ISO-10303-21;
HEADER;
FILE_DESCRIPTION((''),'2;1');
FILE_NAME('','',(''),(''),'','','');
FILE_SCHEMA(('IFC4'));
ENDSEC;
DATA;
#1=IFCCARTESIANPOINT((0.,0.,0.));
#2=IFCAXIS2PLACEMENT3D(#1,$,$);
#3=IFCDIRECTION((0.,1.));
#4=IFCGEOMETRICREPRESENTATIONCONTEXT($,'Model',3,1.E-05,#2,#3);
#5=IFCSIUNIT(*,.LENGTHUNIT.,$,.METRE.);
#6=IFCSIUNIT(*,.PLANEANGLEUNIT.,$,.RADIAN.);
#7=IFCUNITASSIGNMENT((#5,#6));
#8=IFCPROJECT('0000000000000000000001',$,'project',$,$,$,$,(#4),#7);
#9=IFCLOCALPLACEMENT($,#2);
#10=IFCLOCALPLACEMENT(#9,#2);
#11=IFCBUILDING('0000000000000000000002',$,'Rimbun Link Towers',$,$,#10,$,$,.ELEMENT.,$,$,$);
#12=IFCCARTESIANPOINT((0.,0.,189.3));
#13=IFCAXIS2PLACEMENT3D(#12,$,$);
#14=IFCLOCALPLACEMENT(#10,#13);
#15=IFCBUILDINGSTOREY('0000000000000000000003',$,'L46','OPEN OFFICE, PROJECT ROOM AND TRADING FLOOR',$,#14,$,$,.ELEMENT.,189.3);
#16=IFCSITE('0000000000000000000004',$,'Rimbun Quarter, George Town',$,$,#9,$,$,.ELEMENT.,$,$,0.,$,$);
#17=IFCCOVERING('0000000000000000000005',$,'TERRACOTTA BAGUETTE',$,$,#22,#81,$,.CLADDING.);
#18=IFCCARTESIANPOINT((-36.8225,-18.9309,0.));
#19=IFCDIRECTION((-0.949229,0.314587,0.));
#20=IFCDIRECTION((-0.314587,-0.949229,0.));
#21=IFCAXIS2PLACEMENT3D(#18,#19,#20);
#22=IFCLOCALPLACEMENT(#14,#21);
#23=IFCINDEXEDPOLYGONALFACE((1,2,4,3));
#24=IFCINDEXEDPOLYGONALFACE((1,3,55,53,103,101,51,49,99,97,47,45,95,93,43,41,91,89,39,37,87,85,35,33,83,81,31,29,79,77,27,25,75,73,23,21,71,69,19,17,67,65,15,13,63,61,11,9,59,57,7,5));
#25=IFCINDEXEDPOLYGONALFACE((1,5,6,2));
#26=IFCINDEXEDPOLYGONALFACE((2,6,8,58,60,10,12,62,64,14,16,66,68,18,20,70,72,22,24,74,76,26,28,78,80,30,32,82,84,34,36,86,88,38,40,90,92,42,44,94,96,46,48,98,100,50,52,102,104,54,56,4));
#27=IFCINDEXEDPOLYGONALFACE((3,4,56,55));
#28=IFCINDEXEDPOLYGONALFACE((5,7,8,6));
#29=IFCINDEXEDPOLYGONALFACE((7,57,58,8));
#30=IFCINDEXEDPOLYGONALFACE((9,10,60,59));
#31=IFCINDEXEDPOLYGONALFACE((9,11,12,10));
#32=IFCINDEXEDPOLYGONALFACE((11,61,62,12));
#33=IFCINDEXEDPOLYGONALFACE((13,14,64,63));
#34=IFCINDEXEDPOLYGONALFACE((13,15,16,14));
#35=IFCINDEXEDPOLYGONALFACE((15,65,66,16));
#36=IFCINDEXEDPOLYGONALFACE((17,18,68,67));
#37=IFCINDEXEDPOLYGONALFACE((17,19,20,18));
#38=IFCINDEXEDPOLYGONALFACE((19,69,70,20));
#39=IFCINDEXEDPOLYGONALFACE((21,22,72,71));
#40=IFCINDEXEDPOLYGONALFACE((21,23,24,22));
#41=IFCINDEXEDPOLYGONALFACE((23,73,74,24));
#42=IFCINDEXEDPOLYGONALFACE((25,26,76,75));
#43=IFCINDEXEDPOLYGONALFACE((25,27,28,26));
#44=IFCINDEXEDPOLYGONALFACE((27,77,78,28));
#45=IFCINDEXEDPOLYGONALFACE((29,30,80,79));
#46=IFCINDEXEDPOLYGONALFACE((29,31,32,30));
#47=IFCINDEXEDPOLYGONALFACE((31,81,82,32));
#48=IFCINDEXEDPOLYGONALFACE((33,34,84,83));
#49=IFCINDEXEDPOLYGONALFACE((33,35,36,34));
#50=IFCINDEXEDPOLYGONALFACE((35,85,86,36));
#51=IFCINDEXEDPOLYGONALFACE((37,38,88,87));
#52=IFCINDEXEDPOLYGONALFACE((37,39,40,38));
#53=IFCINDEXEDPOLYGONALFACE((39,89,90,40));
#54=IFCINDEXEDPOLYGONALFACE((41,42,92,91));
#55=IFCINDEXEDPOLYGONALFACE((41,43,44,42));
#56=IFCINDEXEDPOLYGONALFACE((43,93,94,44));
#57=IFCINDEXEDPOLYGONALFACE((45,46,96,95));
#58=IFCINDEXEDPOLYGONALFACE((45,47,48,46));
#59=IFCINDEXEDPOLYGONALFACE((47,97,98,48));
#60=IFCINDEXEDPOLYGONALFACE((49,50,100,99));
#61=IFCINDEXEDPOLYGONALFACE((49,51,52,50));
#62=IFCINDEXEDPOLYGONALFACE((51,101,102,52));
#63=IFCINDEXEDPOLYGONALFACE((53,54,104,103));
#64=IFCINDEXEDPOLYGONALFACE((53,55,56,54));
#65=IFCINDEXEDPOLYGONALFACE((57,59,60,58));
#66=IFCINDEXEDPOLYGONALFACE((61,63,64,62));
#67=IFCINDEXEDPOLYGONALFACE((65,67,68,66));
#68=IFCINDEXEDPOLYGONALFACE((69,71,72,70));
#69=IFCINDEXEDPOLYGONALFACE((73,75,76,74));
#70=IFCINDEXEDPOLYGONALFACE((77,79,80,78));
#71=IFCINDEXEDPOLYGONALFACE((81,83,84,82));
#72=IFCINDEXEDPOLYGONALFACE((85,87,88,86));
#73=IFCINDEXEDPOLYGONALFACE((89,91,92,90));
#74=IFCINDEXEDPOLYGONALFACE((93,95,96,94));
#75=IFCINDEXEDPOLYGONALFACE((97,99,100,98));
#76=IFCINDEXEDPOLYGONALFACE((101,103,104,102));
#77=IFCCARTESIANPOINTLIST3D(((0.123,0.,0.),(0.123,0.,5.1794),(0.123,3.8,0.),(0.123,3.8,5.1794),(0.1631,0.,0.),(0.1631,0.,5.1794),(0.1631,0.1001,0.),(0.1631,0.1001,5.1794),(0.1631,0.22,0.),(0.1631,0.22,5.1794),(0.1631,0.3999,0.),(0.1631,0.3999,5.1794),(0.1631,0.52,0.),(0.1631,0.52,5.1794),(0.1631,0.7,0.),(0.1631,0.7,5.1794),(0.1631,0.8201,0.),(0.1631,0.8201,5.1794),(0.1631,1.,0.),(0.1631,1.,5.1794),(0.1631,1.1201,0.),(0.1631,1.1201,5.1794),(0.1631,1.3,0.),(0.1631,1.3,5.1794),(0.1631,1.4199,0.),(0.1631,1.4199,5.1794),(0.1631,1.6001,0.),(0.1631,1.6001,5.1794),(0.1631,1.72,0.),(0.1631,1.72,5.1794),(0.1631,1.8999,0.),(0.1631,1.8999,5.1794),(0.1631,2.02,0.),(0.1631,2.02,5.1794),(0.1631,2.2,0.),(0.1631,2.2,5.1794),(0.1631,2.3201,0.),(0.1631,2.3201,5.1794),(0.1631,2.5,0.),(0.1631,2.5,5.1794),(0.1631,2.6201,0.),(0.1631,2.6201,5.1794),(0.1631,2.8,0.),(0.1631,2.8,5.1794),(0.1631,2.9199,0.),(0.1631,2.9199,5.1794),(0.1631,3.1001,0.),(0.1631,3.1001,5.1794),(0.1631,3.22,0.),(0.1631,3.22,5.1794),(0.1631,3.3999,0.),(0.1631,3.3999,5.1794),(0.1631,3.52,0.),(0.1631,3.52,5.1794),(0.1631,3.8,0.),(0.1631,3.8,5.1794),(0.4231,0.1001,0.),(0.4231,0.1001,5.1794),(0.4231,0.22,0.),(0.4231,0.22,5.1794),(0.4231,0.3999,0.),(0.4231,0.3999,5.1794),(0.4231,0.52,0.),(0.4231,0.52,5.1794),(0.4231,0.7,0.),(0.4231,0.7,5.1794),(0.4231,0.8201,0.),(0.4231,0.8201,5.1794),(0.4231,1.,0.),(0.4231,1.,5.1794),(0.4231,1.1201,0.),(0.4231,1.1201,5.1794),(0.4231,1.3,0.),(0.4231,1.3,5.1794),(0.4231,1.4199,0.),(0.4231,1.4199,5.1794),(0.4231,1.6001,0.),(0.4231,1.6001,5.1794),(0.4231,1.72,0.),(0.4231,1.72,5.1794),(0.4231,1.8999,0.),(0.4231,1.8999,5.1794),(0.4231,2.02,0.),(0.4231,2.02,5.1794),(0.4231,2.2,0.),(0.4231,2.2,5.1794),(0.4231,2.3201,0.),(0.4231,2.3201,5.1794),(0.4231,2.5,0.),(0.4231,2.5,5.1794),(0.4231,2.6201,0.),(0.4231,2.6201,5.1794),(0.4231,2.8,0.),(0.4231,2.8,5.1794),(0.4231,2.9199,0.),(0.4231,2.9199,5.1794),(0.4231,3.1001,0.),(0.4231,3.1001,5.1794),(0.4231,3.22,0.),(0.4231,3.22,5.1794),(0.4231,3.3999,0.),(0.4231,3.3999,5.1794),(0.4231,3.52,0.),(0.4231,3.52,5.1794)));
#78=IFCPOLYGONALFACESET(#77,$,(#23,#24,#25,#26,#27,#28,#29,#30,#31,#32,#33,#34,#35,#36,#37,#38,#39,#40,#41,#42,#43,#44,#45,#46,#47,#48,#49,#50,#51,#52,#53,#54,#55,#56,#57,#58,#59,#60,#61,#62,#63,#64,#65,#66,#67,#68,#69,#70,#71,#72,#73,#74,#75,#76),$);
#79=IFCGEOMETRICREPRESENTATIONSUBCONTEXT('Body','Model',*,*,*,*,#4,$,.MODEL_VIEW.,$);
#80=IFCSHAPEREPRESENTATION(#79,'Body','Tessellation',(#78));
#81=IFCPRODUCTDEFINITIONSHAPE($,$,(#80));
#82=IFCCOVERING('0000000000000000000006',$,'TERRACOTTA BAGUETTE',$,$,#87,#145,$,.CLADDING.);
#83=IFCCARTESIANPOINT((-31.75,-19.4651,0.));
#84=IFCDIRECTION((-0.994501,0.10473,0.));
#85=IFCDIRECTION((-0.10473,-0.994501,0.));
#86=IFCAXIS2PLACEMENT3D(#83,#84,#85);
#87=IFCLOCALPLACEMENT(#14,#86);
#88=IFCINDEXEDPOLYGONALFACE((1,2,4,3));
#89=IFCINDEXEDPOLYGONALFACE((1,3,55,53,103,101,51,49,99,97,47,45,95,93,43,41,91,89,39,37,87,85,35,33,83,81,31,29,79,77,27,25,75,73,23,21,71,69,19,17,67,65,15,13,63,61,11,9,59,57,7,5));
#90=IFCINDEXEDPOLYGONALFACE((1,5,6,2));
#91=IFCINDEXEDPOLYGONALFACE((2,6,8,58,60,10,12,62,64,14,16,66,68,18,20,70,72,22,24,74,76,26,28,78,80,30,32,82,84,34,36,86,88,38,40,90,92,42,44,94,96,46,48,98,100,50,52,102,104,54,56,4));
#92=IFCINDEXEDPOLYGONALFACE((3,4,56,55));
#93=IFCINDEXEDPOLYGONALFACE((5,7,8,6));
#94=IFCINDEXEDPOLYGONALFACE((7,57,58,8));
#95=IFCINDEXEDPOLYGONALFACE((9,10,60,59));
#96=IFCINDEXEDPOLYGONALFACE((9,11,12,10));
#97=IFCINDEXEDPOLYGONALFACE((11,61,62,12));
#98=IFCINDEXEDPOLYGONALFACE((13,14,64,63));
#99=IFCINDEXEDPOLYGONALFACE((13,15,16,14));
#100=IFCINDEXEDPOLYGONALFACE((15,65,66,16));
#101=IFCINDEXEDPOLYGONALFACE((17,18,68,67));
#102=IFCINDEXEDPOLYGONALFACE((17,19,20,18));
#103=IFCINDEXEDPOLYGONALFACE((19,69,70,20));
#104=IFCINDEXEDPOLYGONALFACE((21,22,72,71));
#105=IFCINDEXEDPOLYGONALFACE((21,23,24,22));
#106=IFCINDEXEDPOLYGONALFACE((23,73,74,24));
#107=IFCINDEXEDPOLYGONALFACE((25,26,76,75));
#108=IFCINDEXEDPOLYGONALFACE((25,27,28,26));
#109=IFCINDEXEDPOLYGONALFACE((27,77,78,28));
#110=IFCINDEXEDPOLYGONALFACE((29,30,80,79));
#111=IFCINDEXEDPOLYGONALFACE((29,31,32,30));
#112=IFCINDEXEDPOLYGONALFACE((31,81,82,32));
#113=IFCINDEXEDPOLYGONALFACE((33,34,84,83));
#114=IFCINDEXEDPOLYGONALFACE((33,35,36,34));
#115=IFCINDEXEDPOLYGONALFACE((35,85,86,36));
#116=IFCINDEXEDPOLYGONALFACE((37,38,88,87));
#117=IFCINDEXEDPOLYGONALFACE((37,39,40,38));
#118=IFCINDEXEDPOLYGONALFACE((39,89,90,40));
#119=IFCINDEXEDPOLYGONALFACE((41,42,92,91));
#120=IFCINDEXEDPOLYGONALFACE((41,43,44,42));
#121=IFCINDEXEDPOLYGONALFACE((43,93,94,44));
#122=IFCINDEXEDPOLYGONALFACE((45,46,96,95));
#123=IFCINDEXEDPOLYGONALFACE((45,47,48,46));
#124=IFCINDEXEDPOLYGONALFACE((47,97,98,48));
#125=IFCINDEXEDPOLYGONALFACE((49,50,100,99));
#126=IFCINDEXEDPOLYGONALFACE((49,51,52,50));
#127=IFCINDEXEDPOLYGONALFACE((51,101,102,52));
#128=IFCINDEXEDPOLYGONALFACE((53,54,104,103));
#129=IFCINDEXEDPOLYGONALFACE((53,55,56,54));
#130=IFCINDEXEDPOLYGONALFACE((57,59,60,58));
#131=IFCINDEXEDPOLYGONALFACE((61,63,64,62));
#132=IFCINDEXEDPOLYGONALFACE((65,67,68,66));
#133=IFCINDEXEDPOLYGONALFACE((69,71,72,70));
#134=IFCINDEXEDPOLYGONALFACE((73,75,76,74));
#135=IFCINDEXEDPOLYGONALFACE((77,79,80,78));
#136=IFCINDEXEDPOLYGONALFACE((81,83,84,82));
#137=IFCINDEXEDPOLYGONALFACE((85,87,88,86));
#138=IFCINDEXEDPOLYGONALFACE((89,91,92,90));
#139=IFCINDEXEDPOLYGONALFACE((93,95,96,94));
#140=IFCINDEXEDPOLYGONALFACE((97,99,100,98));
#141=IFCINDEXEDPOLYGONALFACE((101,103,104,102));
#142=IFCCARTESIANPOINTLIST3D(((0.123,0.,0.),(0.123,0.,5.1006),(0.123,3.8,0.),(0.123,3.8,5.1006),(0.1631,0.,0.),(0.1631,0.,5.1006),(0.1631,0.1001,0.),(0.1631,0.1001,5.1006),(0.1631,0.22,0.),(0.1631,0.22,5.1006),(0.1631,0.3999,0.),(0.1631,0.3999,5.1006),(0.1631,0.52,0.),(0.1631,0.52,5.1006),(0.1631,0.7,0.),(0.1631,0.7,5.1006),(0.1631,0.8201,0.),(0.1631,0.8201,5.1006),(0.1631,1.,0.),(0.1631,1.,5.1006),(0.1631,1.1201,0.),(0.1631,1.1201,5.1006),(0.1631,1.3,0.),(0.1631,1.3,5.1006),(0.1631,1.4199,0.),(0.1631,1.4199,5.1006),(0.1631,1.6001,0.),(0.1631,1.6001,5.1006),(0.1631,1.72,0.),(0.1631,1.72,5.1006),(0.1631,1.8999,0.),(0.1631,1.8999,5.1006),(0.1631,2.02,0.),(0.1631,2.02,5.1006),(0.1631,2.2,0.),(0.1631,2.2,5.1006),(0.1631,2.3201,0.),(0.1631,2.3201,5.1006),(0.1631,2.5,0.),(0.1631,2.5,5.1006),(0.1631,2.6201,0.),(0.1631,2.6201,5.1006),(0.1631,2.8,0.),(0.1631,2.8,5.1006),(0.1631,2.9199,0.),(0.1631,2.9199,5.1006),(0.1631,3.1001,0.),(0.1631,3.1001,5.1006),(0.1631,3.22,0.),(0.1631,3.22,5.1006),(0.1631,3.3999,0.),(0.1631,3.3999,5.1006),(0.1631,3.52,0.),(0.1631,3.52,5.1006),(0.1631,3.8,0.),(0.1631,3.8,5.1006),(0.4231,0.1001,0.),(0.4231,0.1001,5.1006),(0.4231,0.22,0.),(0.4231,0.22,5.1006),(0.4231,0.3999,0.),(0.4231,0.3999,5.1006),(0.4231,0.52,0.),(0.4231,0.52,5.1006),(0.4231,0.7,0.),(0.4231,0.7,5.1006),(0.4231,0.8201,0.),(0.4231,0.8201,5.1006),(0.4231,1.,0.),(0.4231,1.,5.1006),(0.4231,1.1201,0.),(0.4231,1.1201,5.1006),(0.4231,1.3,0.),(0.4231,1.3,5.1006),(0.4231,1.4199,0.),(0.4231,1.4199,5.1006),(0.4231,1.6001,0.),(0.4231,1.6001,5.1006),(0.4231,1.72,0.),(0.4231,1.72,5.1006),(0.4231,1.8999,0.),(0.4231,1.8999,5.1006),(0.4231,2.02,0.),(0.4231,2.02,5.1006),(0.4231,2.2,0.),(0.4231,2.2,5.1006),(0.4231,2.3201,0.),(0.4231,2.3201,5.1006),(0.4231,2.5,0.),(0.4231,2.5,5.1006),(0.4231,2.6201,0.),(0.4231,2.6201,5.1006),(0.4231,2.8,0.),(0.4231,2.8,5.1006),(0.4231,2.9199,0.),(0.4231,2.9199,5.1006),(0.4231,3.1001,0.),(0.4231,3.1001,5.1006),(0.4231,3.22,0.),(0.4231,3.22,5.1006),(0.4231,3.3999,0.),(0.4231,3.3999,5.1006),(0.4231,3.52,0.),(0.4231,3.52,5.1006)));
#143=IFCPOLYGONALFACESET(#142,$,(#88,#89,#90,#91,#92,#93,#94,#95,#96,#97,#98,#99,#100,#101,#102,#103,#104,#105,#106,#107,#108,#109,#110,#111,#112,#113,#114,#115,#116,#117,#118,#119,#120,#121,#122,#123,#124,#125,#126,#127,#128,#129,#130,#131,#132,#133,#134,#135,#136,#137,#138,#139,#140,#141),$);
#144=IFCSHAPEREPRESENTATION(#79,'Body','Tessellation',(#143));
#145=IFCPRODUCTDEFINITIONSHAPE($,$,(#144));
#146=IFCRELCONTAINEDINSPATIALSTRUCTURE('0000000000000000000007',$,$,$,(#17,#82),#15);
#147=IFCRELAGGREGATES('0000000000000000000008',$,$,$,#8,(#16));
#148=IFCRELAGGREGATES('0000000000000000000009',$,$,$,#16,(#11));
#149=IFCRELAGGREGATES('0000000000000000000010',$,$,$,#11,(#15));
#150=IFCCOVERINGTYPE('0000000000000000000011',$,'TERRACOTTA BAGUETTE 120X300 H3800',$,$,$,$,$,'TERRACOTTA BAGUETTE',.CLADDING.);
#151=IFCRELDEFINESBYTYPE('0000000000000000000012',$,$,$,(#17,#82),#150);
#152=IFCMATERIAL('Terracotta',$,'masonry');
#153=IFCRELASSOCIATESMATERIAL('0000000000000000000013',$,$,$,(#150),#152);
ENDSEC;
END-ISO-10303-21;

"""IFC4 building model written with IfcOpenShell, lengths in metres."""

from ifc_helpers import new_model, si_unit, direction, frame, origin, place, context, subcontext, project, spatial, polyline, outline, extrude, material, material_profile, profile_set, type_object, element, save


model = new_model("IFC4")

# Units and contexts
model_context = context("Model", 3, precision=1e-05, world=origin(), true_north=direction((0.0, 1.0)))
body_context = subcontext(model_context, "Body", "Model", "MODEL_VIEW")
ifc_project = project(units=[si_unit("LENGTHUNIT", "METRE"), si_unit("PLANEANGLEUNIT", "RADIAN")], contexts=[model_context])

# Site, building, storey
site_placement = place(None, origin())
site = spatial("IfcSite", under=ifc_project, at=site_placement, Name="Rimbun Quarter, George Town", CompositionType="ELEMENT", RefElevation=0.0)
building_placement = place(site_placement, origin())
building = spatial("IfcBuilding", under=site, at=building_placement, Name="Rimbun Link Towers", CompositionType="ELEMENT")
storey_placement = place(building_placement, frame((0.0, 0.0, 189.3)))
storey = spatial("IfcBuildingStorey", under=building, at=storey_placement, Name="L46", Description="OPEN OFFICE, PROJECT ROOM AND TRADING FLOOR", CompositionType="ELEMENT", Elevation=189.3)

# Coverings
ifc_material_1 = material(Name="Terracotta", Category="masonry")
ifc_material_profile_1 = material_profile(ifc_material_1, outline(polyline([(0.123, 0.0), (0.1631, 0.0), (0.1631, 0.1001), (0.4231, 0.1001), (0.4231, 0.22), (0.1631, 0.22), (0.1631, 0.3999), (0.4231, 0.3999), (0.4231, 0.52), (0.1631, 0.52), (0.1631, 0.7), (0.4231, 0.7), (0.4231, 0.8201), (0.1631, 0.8201), (0.1631, 1.0), (0.4231, 1.0), (0.4231, 1.1201), (0.1631, 1.1201), (0.1631, 1.3), (0.4231, 1.3), (0.4231, 1.4199), (0.1631, 1.4199), (0.1631, 1.6001), (0.4231, 1.6001), (0.4231, 1.72), (0.1631, 1.72), (0.1631, 1.8999), (0.4231, 1.8999), (0.4231, 2.02), (0.1631, 2.02), (0.1631, 2.2), (0.4231, 2.2), (0.4231, 2.3201), (0.1631, 2.3201), (0.1631, 2.5), (0.4231, 2.5), (0.4231, 2.6201), (0.1631, 2.6201), (0.1631, 2.8), (0.4231, 2.8), (0.4231, 2.9199), (0.1631, 2.9199), (0.1631, 3.1001), (0.4231, 3.1001), (0.4231, 3.22), (0.1631, 3.22), (0.1631, 3.3999), (0.4231, 3.3999), (0.4231, 3.52), (0.1631, 3.52), (0.1631, 3.8), (0.123, 3.8), (0.123, 0.0)])), Name="BAGUETTE 120X300")
ifc_profile_set_1 = profile_set([ifc_material_profile_1], Name="Terracotta")
covering_type = type_object("IfcCoveringType", Name="TERRACOTTA BAGUETTE 120X300 H3800", ElementType="TERRACOTTA BAGUETTE", PredefinedType="CLADDING", material=ifc_profile_set_1)
covering_1_placement = place(storey_placement, frame((-36.8225, -18.9309, 0.0), z_axis=(-0.949229, 0.314587, 0.0), x_axis=(-0.314587, -0.949229, 0.0)))
element("IfcCovering", 1, at=covering_1_placement, inside=storey, type_object=covering_type, Name="TERRACOTTA BAGUETTE", PredefinedType="CLADDING", context=body_context, shape_type="SweptSolid", body=[
    extrude(outline(polyline([(0.123, 0.0), (0.1631, 0.0), (0.1631, 0.1001), (0.4231, 0.1001), (0.4231, 0.22), (0.1631, 0.22), (0.1631, 0.3999), (0.4231, 0.3999), (0.4231, 0.52), (0.1631, 0.52), (0.1631, 0.7), (0.4231, 0.7), (0.4231, 0.8201), (0.1631, 0.8201), (0.1631, 1.0), (0.4231, 1.0), (0.4231, 1.1201), (0.1631, 1.1201), (0.1631, 1.3), (0.4231, 1.3), (0.4231, 1.4199), (0.1631, 1.4199), (0.1631, 1.6001), (0.4231, 1.6001), (0.4231, 1.72), (0.1631, 1.72), (0.1631, 1.8999), (0.4231, 1.8999), (0.4231, 2.02), (0.1631, 2.02), (0.1631, 2.2), (0.4231, 2.2), (0.4231, 2.3201), (0.1631, 2.3201), (0.1631, 2.5), (0.4231, 2.5), (0.4231, 2.6201), (0.1631, 2.6201), (0.1631, 2.8), (0.4231, 2.8), (0.4231, 2.9199), (0.1631, 2.9199), (0.1631, 3.1001), (0.4231, 3.1001), (0.4231, 3.22), (0.1631, 3.22), (0.1631, 3.3999), (0.4231, 3.3999), (0.4231, 3.52), (0.1631, 3.52), (0.1631, 3.8), (0.123, 3.8), (0.123, 0.0)])), origin(), (0.0, 0.0, 1.0), 5.1794),
])
covering_2_placement = place(storey_placement, frame((-31.75, -19.4651, 0.0), z_axis=(-0.994501, 0.10473, 0.0), x_axis=(-0.10473, -0.994501, 0.0)))
element("IfcCovering", 2, at=covering_2_placement, inside=storey, type_object=covering_type, Name="TERRACOTTA BAGUETTE", PredefinedType="CLADDING", context=body_context, shape_type="SweptSolid", body=[
    extrude(outline(polyline([(0.123, 0.0), (0.1631, 0.0), (0.1631, 0.1001), (0.4231, 0.1001), (0.4231, 0.22), (0.1631, 0.22), (0.1631, 0.3999), (0.4231, 0.3999), (0.4231, 0.52), (0.1631, 0.52), (0.1631, 0.7), (0.4231, 0.7), (0.4231, 0.8201), (0.1631, 0.8201), (0.1631, 1.0), (0.4231, 1.0), (0.4231, 1.1201), (0.1631, 1.1201), (0.1631, 1.3), (0.4231, 1.3), (0.4231, 1.4199), (0.1631, 1.4199), (0.1631, 1.6001), (0.4231, 1.6001), (0.4231, 1.72), (0.1631, 1.72), (0.1631, 1.8999), (0.4231, 1.8999), (0.4231, 2.02), (0.1631, 2.02), (0.1631, 2.2), (0.4231, 2.2), (0.4231, 2.3201), (0.1631, 2.3201), (0.1631, 2.5), (0.4231, 2.5), (0.4231, 2.6201), (0.1631, 2.6201), (0.1631, 2.8), (0.4231, 2.8), (0.4231, 2.9199), (0.1631, 2.9199), (0.1631, 3.1001), (0.4231, 3.1001), (0.4231, 3.22), (0.1631, 3.22), (0.1631, 3.3999), (0.4231, 3.3999), (0.4231, 3.52), (0.1631, 3.52), (0.1631, 3.8), (0.123, 3.8), (0.123, 0.0)])), origin(), (0.0, 0.0, 1.0), 5.1006),
])

save(model, "model.ifc")
